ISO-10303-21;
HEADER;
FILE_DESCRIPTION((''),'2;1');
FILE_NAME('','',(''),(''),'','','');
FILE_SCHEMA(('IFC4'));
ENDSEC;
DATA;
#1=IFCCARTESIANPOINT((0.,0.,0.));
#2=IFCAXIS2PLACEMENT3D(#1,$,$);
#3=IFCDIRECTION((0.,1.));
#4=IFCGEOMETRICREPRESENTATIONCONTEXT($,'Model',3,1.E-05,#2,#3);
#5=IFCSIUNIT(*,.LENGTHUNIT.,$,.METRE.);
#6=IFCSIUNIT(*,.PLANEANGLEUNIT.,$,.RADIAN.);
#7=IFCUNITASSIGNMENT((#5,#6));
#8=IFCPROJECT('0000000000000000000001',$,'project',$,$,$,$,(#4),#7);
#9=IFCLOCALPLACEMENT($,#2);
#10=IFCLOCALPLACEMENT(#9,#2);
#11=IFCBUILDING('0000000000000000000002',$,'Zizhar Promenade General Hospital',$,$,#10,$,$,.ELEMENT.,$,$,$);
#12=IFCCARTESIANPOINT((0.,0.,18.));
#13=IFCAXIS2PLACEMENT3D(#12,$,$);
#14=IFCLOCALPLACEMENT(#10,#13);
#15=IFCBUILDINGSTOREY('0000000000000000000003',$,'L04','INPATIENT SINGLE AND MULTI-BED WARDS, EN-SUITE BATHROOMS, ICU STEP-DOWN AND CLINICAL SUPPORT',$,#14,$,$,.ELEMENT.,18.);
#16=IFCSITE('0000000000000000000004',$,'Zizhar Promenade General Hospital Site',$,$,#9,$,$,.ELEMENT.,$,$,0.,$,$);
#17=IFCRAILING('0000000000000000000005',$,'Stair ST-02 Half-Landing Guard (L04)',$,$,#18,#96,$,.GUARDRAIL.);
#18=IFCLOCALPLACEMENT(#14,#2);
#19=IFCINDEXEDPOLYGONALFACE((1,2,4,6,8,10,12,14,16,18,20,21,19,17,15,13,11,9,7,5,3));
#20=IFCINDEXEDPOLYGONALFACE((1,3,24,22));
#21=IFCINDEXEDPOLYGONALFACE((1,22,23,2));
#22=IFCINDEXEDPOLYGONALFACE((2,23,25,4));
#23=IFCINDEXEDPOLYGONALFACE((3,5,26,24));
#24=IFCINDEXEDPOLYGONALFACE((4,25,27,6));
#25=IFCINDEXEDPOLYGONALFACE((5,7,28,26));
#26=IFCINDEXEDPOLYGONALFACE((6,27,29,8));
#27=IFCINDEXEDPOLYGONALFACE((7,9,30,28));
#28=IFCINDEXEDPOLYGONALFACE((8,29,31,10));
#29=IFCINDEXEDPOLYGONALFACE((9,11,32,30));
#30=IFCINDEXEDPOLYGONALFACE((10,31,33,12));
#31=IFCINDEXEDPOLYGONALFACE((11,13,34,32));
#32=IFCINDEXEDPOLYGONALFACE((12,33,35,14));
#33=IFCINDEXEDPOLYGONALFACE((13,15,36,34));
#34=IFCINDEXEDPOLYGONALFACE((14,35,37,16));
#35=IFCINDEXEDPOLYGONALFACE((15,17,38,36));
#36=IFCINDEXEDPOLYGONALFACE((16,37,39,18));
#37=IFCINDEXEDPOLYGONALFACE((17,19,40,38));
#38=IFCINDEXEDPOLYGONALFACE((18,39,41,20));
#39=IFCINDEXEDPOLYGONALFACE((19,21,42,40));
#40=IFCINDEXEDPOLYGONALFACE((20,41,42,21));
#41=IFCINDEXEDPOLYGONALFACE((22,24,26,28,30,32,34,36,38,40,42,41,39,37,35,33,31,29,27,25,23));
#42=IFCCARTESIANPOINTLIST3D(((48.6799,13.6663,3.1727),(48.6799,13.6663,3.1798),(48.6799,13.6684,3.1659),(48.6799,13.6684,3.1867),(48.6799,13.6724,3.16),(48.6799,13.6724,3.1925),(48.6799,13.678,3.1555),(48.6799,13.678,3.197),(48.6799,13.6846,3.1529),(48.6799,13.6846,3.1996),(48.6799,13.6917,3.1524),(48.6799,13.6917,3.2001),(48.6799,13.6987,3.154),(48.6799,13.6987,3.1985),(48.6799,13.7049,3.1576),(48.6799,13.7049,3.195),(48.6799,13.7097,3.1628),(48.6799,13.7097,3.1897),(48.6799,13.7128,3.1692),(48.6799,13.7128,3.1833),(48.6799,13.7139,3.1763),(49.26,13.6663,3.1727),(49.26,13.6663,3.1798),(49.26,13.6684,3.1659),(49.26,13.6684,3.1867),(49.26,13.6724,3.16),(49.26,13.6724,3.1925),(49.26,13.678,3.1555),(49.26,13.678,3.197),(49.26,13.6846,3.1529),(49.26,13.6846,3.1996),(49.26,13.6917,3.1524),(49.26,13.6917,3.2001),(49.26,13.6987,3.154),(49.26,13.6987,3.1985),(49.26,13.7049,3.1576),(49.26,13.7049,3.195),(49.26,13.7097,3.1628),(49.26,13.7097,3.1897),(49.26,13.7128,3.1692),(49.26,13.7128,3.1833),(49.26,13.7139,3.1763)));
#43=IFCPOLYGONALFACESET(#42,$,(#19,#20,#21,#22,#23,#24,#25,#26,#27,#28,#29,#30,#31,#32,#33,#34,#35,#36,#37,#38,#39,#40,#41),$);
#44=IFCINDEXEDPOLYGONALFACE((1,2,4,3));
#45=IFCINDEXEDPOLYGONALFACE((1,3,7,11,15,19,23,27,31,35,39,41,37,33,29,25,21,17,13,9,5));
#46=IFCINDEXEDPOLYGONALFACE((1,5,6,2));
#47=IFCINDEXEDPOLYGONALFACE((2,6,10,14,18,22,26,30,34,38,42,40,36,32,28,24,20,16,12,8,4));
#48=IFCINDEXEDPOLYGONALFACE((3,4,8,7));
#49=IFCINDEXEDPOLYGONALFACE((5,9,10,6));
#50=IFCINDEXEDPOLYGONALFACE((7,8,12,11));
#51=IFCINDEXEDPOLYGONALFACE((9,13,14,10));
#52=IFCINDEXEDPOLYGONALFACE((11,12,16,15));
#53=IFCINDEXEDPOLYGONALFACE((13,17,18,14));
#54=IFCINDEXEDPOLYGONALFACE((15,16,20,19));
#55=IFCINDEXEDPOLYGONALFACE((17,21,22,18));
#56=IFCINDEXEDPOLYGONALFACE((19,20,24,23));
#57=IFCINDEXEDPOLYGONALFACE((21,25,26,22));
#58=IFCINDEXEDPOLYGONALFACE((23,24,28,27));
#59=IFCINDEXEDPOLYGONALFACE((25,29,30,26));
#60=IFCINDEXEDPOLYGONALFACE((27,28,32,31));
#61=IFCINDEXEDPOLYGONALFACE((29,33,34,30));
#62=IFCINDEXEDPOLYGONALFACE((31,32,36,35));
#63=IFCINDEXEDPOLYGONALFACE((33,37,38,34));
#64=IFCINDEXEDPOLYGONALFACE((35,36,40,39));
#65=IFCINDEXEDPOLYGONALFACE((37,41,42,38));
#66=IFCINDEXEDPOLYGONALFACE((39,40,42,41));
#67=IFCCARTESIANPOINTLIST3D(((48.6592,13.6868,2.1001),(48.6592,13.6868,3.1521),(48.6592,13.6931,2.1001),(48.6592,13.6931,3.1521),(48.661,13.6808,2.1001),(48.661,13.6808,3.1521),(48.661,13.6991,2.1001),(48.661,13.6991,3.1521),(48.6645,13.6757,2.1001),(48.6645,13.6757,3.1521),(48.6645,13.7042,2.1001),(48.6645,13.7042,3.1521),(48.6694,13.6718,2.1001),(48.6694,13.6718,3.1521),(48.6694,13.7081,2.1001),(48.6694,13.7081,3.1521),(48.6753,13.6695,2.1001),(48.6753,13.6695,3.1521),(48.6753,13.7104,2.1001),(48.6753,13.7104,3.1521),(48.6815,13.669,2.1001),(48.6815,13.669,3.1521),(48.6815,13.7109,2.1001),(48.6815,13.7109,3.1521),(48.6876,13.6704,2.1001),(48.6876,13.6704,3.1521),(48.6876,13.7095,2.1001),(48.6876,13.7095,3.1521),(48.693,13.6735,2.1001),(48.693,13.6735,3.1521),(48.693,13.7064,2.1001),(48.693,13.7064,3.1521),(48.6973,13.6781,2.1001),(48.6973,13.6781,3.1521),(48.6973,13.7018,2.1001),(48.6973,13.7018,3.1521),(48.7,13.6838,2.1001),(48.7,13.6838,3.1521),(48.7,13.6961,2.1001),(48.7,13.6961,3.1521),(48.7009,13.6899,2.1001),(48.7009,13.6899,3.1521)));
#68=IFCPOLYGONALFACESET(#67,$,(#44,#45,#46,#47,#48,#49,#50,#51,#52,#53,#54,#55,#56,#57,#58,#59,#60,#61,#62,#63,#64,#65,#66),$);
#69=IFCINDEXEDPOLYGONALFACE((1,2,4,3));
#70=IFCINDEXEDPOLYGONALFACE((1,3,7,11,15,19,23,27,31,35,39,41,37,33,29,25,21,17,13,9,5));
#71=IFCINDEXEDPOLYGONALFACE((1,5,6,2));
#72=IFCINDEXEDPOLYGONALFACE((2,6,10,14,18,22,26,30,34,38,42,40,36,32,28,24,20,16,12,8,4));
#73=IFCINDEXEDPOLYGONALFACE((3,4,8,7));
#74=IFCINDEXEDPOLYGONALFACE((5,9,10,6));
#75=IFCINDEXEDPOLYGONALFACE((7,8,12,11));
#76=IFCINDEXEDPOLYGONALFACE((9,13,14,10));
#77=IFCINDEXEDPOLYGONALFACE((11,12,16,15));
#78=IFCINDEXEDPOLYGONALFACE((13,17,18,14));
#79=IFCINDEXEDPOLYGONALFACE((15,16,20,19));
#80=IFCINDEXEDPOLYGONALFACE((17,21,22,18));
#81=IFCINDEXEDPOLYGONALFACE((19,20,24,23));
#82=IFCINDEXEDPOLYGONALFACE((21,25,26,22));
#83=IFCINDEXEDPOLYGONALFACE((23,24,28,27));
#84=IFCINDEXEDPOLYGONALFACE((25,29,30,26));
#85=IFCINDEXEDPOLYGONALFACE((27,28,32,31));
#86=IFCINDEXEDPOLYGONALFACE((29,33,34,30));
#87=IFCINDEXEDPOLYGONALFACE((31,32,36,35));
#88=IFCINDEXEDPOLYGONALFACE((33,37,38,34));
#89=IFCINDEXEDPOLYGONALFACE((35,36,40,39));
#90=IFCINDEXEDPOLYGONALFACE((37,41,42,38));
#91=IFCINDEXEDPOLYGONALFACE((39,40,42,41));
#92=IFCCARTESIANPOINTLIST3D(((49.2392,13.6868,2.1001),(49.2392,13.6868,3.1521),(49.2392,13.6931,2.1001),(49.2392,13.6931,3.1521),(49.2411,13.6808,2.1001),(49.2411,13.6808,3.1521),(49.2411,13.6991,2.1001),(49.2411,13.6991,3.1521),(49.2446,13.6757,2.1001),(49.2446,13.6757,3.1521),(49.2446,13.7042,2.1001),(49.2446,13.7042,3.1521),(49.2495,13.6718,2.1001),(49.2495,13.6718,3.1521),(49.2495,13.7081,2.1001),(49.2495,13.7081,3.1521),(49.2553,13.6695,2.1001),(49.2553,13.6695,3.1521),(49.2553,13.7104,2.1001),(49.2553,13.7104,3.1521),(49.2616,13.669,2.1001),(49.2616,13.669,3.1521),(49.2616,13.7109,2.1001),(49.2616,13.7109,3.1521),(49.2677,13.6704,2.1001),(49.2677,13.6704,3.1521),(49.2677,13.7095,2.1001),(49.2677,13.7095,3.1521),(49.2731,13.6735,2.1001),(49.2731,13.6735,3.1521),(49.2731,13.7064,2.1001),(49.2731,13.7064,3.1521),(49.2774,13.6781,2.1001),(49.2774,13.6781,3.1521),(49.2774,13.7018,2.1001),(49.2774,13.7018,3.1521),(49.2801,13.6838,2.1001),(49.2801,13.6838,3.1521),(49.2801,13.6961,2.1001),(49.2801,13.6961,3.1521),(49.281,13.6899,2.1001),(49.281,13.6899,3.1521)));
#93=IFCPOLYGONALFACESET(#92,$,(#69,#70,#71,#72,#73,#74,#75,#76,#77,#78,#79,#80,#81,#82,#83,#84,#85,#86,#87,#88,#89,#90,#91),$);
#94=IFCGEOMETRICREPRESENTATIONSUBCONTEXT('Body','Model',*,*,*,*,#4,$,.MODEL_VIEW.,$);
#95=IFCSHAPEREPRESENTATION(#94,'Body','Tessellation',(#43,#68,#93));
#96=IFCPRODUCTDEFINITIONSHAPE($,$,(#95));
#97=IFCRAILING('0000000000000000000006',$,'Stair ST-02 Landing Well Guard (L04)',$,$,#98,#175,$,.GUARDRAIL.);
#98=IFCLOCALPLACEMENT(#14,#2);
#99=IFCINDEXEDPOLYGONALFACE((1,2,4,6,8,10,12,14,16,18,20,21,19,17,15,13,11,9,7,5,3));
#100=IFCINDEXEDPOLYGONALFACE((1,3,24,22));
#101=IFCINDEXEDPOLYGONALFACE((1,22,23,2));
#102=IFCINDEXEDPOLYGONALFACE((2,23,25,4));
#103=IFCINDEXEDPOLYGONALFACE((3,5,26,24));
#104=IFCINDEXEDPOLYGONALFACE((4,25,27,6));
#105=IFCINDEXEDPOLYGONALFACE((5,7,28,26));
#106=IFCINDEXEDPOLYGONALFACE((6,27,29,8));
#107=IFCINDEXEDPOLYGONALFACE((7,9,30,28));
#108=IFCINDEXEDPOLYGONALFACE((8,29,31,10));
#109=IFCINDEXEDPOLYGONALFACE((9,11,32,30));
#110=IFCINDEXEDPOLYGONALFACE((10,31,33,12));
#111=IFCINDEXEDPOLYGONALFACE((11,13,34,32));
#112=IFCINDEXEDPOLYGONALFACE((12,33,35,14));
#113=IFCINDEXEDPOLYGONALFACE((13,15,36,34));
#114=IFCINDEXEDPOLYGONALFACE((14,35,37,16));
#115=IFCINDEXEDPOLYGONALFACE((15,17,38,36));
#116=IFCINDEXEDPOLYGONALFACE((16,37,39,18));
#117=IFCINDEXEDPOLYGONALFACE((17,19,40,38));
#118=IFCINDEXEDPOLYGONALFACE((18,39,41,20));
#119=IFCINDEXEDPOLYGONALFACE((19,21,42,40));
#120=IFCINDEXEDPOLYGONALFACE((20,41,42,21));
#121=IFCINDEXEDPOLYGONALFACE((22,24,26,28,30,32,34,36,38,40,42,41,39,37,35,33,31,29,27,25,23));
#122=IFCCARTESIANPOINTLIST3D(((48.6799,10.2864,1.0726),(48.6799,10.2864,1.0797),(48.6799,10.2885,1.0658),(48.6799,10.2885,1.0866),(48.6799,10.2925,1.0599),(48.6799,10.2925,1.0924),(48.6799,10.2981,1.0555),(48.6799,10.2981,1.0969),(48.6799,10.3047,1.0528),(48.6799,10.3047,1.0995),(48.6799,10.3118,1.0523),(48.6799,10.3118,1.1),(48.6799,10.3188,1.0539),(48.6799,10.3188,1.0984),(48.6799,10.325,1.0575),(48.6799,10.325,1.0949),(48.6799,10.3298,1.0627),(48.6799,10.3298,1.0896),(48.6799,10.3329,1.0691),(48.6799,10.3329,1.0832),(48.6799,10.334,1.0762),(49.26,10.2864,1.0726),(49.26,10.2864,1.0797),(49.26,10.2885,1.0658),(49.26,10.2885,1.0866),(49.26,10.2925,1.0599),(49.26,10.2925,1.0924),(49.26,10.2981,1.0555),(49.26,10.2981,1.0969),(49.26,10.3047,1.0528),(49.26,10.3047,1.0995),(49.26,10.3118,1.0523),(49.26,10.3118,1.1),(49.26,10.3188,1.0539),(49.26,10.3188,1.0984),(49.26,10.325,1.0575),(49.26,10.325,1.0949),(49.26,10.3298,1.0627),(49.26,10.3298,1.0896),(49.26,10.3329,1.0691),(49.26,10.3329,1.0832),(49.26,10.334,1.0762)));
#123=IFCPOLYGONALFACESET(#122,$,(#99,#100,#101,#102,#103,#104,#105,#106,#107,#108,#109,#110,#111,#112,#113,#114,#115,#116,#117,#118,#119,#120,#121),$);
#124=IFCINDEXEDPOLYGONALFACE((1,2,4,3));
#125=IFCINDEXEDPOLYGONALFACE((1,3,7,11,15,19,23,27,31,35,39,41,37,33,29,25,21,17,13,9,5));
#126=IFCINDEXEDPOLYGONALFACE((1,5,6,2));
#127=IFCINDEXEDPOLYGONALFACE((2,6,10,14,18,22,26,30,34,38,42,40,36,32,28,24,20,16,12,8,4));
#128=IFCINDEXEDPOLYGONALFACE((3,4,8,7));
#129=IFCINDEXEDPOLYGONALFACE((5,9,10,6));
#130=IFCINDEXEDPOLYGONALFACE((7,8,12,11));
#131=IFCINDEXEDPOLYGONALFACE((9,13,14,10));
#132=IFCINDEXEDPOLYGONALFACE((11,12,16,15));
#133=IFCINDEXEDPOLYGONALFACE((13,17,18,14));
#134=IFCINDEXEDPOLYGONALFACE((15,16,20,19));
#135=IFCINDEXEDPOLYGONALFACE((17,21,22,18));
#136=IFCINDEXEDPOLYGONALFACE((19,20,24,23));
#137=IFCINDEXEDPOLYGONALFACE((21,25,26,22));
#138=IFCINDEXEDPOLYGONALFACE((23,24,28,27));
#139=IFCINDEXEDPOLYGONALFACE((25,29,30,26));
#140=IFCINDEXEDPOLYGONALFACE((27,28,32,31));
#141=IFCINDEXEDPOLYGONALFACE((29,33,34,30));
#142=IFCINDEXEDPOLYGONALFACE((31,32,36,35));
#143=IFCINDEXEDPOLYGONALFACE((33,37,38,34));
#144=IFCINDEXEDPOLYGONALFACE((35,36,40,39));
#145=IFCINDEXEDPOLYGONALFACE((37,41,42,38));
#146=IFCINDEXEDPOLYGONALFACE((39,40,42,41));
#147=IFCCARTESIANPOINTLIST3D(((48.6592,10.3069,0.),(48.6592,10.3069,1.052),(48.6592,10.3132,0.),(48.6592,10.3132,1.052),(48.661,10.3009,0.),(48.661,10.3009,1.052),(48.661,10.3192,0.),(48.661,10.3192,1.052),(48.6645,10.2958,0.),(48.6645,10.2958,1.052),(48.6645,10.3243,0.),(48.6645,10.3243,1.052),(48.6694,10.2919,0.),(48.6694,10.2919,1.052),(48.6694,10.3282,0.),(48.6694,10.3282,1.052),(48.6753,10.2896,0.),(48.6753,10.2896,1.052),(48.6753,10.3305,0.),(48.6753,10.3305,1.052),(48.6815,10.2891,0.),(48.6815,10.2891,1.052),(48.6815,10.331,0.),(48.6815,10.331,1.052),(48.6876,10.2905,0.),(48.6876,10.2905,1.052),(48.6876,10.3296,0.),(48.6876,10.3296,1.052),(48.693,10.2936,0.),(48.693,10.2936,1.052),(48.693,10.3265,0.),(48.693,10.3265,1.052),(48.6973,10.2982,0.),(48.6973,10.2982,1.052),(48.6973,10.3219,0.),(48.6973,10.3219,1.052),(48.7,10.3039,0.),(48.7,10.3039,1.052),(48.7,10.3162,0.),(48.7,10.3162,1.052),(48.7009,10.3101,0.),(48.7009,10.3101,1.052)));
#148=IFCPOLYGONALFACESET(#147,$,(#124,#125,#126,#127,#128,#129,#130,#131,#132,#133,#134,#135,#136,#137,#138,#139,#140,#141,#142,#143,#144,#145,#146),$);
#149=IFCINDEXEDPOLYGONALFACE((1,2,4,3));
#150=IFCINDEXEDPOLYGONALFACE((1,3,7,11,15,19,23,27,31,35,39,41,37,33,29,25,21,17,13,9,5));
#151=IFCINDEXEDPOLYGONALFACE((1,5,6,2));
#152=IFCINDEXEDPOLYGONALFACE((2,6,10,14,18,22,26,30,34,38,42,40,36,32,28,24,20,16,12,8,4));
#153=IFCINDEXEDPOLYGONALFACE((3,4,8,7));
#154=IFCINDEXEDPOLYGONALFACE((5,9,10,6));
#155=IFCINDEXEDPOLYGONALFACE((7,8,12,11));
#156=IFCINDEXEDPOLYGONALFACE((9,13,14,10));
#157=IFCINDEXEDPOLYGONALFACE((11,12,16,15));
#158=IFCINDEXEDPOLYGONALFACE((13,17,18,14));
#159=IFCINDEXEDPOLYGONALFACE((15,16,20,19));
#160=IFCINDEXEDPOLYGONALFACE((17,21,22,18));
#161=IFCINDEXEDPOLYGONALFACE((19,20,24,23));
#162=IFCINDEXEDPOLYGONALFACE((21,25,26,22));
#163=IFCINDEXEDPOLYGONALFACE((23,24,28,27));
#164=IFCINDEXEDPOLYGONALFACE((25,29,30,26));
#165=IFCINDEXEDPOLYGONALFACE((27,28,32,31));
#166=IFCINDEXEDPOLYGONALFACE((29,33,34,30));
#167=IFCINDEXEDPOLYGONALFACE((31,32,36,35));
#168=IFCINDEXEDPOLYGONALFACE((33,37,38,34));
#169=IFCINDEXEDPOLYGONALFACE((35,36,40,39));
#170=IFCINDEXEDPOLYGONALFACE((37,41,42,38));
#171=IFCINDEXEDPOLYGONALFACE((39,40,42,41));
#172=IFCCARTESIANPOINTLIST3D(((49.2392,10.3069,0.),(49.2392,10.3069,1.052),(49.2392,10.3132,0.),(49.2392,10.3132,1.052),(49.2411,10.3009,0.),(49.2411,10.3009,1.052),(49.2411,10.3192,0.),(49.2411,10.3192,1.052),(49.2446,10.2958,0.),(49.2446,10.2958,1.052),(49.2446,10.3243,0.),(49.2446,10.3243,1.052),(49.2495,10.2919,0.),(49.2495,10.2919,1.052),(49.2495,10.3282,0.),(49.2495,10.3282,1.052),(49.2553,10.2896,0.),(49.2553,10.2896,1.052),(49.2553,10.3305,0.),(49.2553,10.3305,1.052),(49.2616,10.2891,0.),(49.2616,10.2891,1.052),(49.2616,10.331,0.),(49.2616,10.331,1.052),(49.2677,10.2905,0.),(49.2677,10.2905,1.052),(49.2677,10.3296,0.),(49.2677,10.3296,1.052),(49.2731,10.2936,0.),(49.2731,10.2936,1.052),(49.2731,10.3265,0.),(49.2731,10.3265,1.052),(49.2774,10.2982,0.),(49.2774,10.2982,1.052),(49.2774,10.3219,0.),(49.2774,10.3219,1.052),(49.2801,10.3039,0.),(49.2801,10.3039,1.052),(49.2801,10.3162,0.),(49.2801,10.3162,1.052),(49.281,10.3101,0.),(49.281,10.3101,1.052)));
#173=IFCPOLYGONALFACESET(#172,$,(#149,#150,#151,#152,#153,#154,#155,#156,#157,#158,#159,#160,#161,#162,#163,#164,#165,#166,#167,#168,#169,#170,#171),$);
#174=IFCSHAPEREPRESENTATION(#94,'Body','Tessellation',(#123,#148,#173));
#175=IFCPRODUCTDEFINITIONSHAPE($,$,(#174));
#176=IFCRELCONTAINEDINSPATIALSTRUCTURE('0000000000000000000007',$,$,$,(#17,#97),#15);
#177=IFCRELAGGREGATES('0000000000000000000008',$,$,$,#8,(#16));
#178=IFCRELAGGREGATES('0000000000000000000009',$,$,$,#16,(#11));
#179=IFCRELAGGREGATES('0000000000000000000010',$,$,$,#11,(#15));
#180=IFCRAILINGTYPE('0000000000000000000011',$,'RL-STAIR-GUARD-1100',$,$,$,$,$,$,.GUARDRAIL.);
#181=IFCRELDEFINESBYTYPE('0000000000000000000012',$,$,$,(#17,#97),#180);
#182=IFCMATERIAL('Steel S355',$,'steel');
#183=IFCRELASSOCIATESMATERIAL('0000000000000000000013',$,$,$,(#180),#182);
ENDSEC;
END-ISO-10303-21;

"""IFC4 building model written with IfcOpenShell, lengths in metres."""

from ifc_helpers import new_model, si_unit, direction, frame, origin, origin_2d, place, context, subcontext, project, spatial, circle, hollow_circle, extrude, material, material_profile, profile_set, type_object, element, save


model = new_model("IFC4")

# Units and contexts
model_context = context("Model", 3, precision=1e-05, world=origin(), true_north=direction((0.0, 1.0)))
body_context = subcontext(model_context, "Body", "Model", "MODEL_VIEW")
ifc_project = project(units=[si_unit("LENGTHUNIT", "METRE"), si_unit("PLANEANGLEUNIT", "RADIAN")], contexts=[model_context])

# Site, building, storey
site_placement = place(None, origin())
site = spatial("IfcSite", under=ifc_project, at=site_placement, Name="Zizhar Promenade General Hospital Site", CompositionType="ELEMENT", RefElevation=0.0)
building_placement = place(site_placement, origin())
building = spatial("IfcBuilding", under=site, at=building_placement, Name="Zizhar Promenade General Hospital", CompositionType="ELEMENT")
storey_placement = place(building_placement, frame((0.0, 0.0, 18.0)))
storey = spatial("IfcBuildingStorey", under=building, at=storey_placement, Name="L04", Description="INPATIENT SINGLE AND MULTI-BED WARDS, EN-SUITE BATHROOMS, ICU STEP-DOWN AND CLINICAL SUPPORT", CompositionType="ELEMENT", Elevation=18.0)

# Railings
ifc_material_1 = material(Name="Steel S355", Category="steel")
ifc_material_profile_1 = material_profile(ifc_material_1, hollow_circle(Radius=0.0698, WallThickness=0.0063, at=origin_2d()))
ifc_profile_set_1 = profile_set([ifc_material_profile_1], Name="Steel S355")
railing_type_1 = type_object("IfcRailingType", Name="RL-STAIR-GUARD-1100", PredefinedType="GUARDRAIL", material=ifc_profile_set_1)
for number, where, name in (
    (1, (48.6799, 13.6899, 2.1001), "Stair ST-02 Half-Landing Guard (L04)"),
    (2, (48.6799, 10.3101, 0.0), "Stair ST-02 Landing Well Guard (L04)"),
):
    element("IfcRailing", number, at=place(storey_placement, frame(where)), inside=storey, type_object=railing_type_1, Name=name, PredefinedType="GUARDRAIL", context=body_context, shape_type="SweptSolid", body=[
        extrude(circle(Radius=0.0239, at=origin_2d()), frame((0.0, 0.0, 1.0762), z_axis=(1.0, 0.0, 0.0), x_axis=(0.0, 1.0, 0.0)), (0.0, 0.0, 1.0), 0.5801),
        extrude(circle(Radius=0.021, at=origin_2d()), origin(), (0.0, 0.0, 1.0), 1.052),
        extrude(circle(Radius=0.021, at=origin_2d()), frame((0.5801, 0.0, 0.0)), (0.0, 0.0, 1.0), 1.052),
    ])

save(model, "model.ifc")
